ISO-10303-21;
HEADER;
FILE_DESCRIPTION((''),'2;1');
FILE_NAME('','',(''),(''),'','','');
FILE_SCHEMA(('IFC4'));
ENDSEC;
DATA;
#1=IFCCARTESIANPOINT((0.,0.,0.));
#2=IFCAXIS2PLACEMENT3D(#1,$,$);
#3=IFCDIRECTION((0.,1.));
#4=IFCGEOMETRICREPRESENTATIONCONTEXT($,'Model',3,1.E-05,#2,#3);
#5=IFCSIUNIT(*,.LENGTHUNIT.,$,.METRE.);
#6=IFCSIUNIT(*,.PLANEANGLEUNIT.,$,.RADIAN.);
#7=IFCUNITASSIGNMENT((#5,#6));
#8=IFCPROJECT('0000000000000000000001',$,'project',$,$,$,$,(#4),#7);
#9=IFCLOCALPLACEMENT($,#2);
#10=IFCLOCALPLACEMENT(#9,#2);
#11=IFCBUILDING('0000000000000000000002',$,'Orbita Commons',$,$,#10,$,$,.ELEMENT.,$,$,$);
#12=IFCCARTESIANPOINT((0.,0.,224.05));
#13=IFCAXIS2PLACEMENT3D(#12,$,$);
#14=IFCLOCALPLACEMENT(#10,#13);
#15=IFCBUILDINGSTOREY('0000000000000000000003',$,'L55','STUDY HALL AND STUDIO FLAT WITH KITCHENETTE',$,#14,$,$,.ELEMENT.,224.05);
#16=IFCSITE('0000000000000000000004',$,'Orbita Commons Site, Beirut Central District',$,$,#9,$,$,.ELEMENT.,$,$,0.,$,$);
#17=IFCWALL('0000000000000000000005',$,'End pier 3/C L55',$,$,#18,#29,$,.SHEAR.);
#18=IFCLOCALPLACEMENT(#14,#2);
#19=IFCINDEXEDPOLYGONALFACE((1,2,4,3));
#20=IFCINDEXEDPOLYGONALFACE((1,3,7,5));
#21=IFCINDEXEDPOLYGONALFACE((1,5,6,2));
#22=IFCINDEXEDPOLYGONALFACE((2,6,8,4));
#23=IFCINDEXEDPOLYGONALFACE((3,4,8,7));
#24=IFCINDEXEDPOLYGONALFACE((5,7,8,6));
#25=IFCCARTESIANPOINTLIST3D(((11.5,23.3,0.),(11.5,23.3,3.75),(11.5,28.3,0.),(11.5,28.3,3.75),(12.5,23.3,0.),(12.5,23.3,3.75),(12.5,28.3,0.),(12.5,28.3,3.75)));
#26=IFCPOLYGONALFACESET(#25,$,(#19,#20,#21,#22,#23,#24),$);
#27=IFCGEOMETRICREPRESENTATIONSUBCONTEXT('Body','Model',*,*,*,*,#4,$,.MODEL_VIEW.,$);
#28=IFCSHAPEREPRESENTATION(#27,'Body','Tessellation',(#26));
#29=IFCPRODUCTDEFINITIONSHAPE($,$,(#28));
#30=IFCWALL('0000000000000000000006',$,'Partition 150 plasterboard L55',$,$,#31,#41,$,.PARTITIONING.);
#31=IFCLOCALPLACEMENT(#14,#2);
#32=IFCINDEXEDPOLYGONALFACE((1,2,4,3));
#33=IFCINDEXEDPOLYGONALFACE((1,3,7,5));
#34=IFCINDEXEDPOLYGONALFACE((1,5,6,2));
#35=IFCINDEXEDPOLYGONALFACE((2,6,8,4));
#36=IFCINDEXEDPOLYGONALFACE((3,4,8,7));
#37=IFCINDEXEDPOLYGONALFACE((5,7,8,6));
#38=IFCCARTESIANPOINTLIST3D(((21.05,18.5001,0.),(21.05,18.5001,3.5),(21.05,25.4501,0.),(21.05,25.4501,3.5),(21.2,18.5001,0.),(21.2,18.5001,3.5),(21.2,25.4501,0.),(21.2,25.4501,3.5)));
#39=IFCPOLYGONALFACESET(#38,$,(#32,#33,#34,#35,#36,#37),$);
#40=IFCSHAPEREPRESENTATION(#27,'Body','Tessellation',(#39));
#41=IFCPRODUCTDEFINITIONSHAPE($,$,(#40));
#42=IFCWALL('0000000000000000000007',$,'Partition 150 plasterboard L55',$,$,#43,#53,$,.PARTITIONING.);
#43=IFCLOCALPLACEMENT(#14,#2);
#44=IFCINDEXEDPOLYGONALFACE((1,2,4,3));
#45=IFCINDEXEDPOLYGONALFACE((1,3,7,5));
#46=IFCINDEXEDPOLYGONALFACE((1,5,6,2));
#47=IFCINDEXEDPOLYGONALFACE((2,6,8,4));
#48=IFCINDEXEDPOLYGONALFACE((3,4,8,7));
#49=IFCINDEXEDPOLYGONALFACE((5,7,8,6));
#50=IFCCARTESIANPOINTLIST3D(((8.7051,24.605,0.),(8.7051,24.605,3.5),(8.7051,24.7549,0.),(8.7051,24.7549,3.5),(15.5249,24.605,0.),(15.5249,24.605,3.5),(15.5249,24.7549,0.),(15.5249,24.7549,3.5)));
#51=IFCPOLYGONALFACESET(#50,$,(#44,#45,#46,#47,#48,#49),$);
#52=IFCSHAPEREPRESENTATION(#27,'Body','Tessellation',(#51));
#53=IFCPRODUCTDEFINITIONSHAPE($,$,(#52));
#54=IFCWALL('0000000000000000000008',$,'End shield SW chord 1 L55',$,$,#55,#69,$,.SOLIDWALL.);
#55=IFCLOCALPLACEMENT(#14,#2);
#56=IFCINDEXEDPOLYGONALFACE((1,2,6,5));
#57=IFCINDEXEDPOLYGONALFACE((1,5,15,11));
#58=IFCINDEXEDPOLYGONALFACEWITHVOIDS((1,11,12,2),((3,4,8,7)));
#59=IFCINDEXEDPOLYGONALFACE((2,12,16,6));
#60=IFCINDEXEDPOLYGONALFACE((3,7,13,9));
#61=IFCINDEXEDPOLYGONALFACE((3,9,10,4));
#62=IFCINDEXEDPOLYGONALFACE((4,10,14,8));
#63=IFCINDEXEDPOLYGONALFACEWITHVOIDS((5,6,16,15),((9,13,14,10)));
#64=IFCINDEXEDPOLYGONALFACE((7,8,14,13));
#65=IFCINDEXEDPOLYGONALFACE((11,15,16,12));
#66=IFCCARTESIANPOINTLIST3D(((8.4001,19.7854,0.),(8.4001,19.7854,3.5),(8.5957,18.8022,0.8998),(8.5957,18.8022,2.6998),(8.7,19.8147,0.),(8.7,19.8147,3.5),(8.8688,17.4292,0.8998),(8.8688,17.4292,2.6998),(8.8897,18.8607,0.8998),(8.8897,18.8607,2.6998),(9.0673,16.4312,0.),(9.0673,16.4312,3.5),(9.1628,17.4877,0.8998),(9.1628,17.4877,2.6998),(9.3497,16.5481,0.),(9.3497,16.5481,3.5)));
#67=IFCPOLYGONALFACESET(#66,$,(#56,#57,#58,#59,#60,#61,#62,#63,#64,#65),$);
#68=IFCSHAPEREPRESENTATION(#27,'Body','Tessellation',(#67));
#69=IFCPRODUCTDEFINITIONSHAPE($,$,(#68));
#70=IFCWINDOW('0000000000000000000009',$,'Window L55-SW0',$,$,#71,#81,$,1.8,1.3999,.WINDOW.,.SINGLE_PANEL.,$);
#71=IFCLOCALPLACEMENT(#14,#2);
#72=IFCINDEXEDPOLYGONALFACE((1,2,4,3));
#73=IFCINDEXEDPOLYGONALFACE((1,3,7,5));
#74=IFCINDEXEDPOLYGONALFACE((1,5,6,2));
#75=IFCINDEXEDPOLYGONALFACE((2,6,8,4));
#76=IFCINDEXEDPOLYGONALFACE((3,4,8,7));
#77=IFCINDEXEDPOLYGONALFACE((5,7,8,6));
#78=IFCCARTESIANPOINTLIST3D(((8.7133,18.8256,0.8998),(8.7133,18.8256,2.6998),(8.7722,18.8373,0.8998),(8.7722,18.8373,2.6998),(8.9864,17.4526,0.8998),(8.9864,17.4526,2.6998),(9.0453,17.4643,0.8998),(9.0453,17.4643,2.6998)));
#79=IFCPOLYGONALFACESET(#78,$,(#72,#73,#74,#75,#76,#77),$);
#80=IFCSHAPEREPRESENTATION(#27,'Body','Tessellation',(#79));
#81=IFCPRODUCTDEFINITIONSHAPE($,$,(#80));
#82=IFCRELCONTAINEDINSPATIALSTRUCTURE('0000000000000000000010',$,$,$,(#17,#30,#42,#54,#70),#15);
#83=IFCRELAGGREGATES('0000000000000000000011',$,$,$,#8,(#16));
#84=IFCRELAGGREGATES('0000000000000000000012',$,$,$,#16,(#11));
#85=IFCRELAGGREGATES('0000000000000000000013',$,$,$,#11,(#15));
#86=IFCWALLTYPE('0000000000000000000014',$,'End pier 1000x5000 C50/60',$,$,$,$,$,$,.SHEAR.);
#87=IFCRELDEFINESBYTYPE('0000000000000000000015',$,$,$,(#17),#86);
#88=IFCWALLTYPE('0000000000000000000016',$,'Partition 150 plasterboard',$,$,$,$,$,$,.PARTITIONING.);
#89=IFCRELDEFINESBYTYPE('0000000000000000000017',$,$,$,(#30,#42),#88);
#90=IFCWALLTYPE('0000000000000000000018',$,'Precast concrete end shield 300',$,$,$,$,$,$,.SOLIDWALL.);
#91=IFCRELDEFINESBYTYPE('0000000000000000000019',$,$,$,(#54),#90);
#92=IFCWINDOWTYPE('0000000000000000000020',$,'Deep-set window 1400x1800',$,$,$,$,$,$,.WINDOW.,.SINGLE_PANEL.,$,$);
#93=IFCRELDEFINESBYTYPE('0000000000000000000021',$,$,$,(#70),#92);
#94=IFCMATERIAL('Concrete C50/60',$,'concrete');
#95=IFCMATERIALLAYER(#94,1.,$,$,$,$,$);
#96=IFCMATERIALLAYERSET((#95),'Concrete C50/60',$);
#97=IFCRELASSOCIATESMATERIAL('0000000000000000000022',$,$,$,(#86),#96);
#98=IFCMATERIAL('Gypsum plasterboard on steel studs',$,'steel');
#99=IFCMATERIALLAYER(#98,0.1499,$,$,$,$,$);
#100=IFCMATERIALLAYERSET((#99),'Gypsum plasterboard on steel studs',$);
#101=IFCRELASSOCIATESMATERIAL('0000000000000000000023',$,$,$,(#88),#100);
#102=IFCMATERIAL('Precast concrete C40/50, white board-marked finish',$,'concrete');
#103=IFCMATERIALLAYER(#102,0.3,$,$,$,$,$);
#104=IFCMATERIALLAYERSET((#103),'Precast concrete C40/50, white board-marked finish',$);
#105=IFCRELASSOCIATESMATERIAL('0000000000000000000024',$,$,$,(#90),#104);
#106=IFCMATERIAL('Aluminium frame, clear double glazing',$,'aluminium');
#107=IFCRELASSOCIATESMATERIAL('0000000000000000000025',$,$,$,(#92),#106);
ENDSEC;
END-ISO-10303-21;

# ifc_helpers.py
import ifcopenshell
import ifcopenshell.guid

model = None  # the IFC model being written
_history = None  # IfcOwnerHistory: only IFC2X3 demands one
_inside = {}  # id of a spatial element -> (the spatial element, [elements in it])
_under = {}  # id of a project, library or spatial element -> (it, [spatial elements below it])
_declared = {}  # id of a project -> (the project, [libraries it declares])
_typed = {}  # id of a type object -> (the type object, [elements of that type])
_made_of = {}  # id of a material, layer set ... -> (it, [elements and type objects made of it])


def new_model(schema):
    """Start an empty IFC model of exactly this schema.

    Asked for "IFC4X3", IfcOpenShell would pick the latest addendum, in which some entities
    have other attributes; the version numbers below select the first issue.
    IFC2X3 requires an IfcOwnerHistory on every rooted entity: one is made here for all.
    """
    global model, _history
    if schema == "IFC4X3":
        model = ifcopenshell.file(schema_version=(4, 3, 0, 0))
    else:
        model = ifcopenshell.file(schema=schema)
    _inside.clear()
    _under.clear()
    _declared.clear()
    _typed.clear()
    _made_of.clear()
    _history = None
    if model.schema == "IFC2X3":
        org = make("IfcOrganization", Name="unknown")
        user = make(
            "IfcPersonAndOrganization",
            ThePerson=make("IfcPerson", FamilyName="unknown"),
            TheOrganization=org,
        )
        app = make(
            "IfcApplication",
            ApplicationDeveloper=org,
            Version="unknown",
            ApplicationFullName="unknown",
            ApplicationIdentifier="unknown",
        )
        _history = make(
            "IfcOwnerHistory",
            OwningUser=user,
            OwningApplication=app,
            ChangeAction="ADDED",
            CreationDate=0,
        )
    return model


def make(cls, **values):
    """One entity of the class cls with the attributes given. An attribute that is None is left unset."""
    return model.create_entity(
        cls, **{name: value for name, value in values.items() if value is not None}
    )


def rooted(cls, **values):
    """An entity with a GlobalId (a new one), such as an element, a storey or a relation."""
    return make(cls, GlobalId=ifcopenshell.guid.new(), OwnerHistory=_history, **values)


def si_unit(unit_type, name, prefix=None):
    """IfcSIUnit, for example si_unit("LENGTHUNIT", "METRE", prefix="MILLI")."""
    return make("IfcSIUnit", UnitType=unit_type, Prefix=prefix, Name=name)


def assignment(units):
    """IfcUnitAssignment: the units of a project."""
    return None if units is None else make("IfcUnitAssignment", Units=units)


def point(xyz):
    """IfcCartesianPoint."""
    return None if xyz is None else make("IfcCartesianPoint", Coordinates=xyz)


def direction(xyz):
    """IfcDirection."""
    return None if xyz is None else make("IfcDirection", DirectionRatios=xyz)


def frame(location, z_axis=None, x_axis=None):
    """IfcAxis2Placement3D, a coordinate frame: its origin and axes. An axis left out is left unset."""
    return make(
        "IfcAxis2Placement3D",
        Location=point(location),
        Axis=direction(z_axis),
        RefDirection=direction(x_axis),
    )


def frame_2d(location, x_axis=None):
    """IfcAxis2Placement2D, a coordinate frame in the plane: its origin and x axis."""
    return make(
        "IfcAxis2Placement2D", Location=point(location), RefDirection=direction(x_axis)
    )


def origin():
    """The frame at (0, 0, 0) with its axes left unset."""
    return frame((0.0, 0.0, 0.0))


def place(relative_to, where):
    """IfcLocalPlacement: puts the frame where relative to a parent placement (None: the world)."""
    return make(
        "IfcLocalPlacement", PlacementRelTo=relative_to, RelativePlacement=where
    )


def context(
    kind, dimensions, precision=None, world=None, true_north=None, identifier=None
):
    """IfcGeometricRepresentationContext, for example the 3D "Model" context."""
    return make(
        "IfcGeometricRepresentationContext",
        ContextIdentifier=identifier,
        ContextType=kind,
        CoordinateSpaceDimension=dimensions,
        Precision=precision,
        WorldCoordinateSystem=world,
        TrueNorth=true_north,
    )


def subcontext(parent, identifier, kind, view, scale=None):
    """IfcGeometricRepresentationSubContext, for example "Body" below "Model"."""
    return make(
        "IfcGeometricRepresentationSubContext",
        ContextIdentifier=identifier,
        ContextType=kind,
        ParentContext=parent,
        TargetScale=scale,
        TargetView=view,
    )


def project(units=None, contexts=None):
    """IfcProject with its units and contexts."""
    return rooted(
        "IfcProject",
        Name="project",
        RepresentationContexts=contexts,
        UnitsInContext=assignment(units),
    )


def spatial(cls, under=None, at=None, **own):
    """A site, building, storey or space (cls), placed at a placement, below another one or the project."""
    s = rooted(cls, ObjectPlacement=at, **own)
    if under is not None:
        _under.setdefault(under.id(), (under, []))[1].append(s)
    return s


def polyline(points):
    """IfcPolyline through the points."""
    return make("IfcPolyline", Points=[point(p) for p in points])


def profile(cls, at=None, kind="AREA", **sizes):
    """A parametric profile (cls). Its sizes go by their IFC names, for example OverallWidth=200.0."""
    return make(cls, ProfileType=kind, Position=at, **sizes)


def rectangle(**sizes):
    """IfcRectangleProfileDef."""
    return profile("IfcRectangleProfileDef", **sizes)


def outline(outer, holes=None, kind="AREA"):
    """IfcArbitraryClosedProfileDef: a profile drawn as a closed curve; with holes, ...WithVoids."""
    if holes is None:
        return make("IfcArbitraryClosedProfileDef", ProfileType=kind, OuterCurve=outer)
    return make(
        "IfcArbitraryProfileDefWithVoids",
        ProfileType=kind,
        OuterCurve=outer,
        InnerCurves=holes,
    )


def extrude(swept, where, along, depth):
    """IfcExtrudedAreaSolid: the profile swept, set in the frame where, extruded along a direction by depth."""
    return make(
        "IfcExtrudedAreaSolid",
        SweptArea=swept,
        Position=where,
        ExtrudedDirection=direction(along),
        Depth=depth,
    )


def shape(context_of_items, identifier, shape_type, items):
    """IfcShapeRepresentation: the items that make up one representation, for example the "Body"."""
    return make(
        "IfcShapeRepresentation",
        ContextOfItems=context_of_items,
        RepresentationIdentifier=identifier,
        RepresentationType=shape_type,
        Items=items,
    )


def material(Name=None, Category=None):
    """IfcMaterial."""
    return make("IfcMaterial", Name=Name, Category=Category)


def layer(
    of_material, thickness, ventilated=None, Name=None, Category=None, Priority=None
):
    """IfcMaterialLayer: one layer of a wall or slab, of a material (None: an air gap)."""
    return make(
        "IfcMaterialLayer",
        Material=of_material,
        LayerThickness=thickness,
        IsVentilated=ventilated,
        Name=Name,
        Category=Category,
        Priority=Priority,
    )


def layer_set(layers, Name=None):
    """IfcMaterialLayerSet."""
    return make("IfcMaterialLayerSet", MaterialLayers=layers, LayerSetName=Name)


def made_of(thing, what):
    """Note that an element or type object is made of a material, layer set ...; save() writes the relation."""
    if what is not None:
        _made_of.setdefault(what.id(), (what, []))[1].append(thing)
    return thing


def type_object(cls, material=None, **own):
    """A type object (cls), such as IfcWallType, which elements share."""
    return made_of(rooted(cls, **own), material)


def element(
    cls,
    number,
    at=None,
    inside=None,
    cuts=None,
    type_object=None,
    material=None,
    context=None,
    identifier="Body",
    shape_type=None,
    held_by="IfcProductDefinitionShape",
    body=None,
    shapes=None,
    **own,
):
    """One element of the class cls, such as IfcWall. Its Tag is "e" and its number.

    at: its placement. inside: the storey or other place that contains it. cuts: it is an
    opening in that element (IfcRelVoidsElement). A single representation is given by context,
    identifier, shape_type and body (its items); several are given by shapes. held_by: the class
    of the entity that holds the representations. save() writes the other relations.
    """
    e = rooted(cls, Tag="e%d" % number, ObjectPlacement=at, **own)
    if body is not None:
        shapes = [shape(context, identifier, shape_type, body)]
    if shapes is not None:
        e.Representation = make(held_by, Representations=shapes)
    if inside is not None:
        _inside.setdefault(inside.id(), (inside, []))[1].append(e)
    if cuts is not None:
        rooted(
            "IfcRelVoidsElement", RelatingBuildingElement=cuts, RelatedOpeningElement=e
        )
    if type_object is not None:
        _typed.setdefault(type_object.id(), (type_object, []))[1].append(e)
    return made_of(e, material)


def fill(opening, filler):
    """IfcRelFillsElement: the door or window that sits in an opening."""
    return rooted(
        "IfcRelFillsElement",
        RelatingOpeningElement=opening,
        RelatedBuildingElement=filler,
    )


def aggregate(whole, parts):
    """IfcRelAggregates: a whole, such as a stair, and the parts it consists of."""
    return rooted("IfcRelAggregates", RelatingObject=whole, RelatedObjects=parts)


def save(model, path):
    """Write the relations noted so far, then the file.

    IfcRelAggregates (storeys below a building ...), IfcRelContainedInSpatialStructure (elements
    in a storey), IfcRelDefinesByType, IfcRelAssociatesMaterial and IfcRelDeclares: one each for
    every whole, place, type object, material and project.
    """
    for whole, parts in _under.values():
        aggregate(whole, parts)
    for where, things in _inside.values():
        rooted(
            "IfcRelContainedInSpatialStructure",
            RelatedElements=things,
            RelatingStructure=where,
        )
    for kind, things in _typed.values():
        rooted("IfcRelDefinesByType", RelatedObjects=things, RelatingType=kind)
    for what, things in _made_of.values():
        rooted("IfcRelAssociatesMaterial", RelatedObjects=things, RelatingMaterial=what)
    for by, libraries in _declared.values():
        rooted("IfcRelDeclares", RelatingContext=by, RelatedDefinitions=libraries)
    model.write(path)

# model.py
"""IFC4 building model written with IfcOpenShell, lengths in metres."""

from ifc_helpers import new_model, si_unit, direction, frame, frame_2d, origin, place, context, subcontext, project, spatial, polyline, rectangle, outline, extrude, material, layer, layer_set, type_object, element, fill, save


model = new_model("IFC4")

# Units and contexts
model_context = context("Model", 3, precision=1e-05, world=origin(), true_north=direction((0.0, 1.0)))
body_context = subcontext(model_context, "Body", "Model", "MODEL_VIEW")
ifc_project = project(units=[si_unit("LENGTHUNIT", "METRE"), si_unit("PLANEANGLEUNIT", "RADIAN")], contexts=[model_context])

# Site, building, storey
site_placement = place(None, origin())
site = spatial("IfcSite", under=ifc_project, at=site_placement, Name="Orbita Commons Site, Beirut Central District", CompositionType="ELEMENT", RefElevation=0.0)
building_placement = place(site_placement, origin())
building = spatial("IfcBuilding", under=site, at=building_placement, Name="Orbita Commons", CompositionType="ELEMENT")
storey_placement = place(building_placement, frame((0.0, 0.0, 224.05)))
storey = spatial("IfcBuildingStorey", under=building, at=storey_placement, Name="L55", Description="STUDY HALL AND STUDIO FLAT WITH KITCHENETTE", CompositionType="ELEMENT", Elevation=224.05)

# Walls
ifc_material_1 = material(Name="Concrete C50/60", Category="concrete")
ifc_layer_1 = layer(ifc_material_1, 1.0)
ifc_layer_set_1 = layer_set([ifc_layer_1], Name="Concrete C50/60")
wall_type_1 = type_object("IfcWallType", Name="End pier 1000x5000 C50/60", PredefinedType="SHEAR", material=ifc_layer_set_1)
wall_1_placement = place(storey_placement, frame((12.0, 23.3, 0.0), z_axis=(0.0, 0.0, 1.0), x_axis=(0.0, 1.0, 0.0)))
element("IfcWall", 1, at=wall_1_placement, inside=storey, type_object=wall_type_1, Name="End pier 3/C L55", PredefinedType="SHEAR", context=body_context, shape_type="SweptSolid", body=[
    extrude(rectangle(XDim=5.0, YDim=1.0, at=frame_2d((2.5, 0.0))), origin(), (0.0, 0.0, 1.0), 3.75),
])
ifc_material_2 = material(Name="Gypsum plasterboard on steel studs", Category="steel")
ifc_layer_2 = layer(ifc_material_2, 0.1499)
ifc_layer_set_2 = layer_set([ifc_layer_2], Name="Gypsum plasterboard on steel studs")
wall_type_2 = type_object("IfcWallType", Name="Partition 150 plasterboard", PredefinedType="PARTITIONING", material=ifc_layer_set_2)
wall_2_placement = place(storey_placement, frame((21.125, 18.5, 0.0), z_axis=(0.0, 0.0, 1.0), x_axis=(0.0, 1.0, 0.0)))
element("IfcWall", 2, at=wall_2_placement, inside=storey, type_object=wall_type_2, Name="Partition 150 plasterboard L55", PredefinedType="PARTITIONING", context=body_context, shape_type="SweptSolid", body=[
    extrude(rectangle(XDim=6.95, YDim=0.1499, at=frame_2d((3.4751, 0.0))), origin(), (0.0, 0.0, 1.0), 3.5),
])
wall_3_placement = place(storey_placement, frame((8.7051, 24.6799, 0.0), z_axis=(0.0, 0.0, 1.0), x_axis=(1.0, 0.0, 0.0)))
element("IfcWall", 3, at=wall_3_placement, inside=storey, type_object=wall_type_2, Name="Partition 150 plasterboard L55", PredefinedType="PARTITIONING", context=body_context, shape_type="SweptSolid", body=[
    extrude(rectangle(XDim=6.8198, YDim=0.1499, at=frame_2d((3.4099, 0.0))), origin(), (0.0, 0.0, 1.0), 3.5),
])

# Wall, opening, window
ifc_material_3 = material(Name="Precast concrete C40/50, white board-marked finish", Category="concrete")
ifc_layer_3 = layer(ifc_material_3, 0.3)
ifc_layer_set_3 = layer_set([ifc_layer_3], Name="Precast concrete C40/50, white board-marked finish")
wall_type_3 = type_object("IfcWallType", Name="Precast concrete end shield 300", PredefinedType="SOLIDWALL", material=ifc_layer_set_3)
wall_4_placement = place(storey_placement, frame((8.55, 19.8, 0.0), z_axis=(0.0, 0.0, 1.0), x_axis=(0.195087, -0.980786, 0.0)))
wall_4 = element("IfcWall", 4, at=wall_4_placement, inside=storey, type_object=wall_type_3, Name="End shield SW chord 1 L55", PredefinedType="SOLIDWALL", context=body_context, shape_type="SweptSolid", body=[
    extrude(outline(polyline([(-0.0149, -0.1499), (3.405, -0.1499), (3.3455, 0.1499), (0.0149, 0.1499), (-0.0149, -0.1499)])), origin(), (0.0, 0.0, 1.0), 3.5),
])
opening_1_placement = place(wall_4_placement, frame((0.9875, 0.0, 0.8999)))
opening_1 = element("IfcOpeningElement", 5, at=opening_1_placement, cuts=wall_4, PredefinedType="OPENING", context=body_context, shape_type="SweptSolid", body=[
    extrude(rectangle(XDim=1.3999, YDim=1.8, at=frame_2d((0.7, 0.8999))), frame((0.0, 0.1599, 0.0), z_axis=(0.0, -1.0, 0.0), x_axis=(1.0, 0.0, 0.0)), (0.0, 0.0, 1.0), 0.3201),
])
ifc_material_4 = material(Name="Aluminium frame, clear double glazing", Category="aluminium")
window_type = type_object("IfcWindowType", Name="Deep-set window 1400x1800", PartitioningType="SINGLE_PANEL", PredefinedType="WINDOW", material=ifc_material_4)
window_placement = place(opening_1_placement, origin())
window = element("IfcWindow", 6, at=window_placement, inside=storey, type_object=window_type, Name="Window L55-SW0", OverallHeight=1.8, OverallWidth=1.3999, PartitioningType="SINGLE_PANEL", PredefinedType="WINDOW", context=body_context, shape_type="SweptSolid", body=[
    extrude(rectangle(XDim=1.3999, YDim=1.8, at=frame_2d((0.7, 0.8999))), frame((0.0, 0.03, 0.0), z_axis=(0.0, -1.0, 0.0), x_axis=(1.0, 0.0, 0.0)), (0.0, 0.0, 1.0), 0.0601),
])
fill(opening_1, window)

save(model, "model.ifc")
